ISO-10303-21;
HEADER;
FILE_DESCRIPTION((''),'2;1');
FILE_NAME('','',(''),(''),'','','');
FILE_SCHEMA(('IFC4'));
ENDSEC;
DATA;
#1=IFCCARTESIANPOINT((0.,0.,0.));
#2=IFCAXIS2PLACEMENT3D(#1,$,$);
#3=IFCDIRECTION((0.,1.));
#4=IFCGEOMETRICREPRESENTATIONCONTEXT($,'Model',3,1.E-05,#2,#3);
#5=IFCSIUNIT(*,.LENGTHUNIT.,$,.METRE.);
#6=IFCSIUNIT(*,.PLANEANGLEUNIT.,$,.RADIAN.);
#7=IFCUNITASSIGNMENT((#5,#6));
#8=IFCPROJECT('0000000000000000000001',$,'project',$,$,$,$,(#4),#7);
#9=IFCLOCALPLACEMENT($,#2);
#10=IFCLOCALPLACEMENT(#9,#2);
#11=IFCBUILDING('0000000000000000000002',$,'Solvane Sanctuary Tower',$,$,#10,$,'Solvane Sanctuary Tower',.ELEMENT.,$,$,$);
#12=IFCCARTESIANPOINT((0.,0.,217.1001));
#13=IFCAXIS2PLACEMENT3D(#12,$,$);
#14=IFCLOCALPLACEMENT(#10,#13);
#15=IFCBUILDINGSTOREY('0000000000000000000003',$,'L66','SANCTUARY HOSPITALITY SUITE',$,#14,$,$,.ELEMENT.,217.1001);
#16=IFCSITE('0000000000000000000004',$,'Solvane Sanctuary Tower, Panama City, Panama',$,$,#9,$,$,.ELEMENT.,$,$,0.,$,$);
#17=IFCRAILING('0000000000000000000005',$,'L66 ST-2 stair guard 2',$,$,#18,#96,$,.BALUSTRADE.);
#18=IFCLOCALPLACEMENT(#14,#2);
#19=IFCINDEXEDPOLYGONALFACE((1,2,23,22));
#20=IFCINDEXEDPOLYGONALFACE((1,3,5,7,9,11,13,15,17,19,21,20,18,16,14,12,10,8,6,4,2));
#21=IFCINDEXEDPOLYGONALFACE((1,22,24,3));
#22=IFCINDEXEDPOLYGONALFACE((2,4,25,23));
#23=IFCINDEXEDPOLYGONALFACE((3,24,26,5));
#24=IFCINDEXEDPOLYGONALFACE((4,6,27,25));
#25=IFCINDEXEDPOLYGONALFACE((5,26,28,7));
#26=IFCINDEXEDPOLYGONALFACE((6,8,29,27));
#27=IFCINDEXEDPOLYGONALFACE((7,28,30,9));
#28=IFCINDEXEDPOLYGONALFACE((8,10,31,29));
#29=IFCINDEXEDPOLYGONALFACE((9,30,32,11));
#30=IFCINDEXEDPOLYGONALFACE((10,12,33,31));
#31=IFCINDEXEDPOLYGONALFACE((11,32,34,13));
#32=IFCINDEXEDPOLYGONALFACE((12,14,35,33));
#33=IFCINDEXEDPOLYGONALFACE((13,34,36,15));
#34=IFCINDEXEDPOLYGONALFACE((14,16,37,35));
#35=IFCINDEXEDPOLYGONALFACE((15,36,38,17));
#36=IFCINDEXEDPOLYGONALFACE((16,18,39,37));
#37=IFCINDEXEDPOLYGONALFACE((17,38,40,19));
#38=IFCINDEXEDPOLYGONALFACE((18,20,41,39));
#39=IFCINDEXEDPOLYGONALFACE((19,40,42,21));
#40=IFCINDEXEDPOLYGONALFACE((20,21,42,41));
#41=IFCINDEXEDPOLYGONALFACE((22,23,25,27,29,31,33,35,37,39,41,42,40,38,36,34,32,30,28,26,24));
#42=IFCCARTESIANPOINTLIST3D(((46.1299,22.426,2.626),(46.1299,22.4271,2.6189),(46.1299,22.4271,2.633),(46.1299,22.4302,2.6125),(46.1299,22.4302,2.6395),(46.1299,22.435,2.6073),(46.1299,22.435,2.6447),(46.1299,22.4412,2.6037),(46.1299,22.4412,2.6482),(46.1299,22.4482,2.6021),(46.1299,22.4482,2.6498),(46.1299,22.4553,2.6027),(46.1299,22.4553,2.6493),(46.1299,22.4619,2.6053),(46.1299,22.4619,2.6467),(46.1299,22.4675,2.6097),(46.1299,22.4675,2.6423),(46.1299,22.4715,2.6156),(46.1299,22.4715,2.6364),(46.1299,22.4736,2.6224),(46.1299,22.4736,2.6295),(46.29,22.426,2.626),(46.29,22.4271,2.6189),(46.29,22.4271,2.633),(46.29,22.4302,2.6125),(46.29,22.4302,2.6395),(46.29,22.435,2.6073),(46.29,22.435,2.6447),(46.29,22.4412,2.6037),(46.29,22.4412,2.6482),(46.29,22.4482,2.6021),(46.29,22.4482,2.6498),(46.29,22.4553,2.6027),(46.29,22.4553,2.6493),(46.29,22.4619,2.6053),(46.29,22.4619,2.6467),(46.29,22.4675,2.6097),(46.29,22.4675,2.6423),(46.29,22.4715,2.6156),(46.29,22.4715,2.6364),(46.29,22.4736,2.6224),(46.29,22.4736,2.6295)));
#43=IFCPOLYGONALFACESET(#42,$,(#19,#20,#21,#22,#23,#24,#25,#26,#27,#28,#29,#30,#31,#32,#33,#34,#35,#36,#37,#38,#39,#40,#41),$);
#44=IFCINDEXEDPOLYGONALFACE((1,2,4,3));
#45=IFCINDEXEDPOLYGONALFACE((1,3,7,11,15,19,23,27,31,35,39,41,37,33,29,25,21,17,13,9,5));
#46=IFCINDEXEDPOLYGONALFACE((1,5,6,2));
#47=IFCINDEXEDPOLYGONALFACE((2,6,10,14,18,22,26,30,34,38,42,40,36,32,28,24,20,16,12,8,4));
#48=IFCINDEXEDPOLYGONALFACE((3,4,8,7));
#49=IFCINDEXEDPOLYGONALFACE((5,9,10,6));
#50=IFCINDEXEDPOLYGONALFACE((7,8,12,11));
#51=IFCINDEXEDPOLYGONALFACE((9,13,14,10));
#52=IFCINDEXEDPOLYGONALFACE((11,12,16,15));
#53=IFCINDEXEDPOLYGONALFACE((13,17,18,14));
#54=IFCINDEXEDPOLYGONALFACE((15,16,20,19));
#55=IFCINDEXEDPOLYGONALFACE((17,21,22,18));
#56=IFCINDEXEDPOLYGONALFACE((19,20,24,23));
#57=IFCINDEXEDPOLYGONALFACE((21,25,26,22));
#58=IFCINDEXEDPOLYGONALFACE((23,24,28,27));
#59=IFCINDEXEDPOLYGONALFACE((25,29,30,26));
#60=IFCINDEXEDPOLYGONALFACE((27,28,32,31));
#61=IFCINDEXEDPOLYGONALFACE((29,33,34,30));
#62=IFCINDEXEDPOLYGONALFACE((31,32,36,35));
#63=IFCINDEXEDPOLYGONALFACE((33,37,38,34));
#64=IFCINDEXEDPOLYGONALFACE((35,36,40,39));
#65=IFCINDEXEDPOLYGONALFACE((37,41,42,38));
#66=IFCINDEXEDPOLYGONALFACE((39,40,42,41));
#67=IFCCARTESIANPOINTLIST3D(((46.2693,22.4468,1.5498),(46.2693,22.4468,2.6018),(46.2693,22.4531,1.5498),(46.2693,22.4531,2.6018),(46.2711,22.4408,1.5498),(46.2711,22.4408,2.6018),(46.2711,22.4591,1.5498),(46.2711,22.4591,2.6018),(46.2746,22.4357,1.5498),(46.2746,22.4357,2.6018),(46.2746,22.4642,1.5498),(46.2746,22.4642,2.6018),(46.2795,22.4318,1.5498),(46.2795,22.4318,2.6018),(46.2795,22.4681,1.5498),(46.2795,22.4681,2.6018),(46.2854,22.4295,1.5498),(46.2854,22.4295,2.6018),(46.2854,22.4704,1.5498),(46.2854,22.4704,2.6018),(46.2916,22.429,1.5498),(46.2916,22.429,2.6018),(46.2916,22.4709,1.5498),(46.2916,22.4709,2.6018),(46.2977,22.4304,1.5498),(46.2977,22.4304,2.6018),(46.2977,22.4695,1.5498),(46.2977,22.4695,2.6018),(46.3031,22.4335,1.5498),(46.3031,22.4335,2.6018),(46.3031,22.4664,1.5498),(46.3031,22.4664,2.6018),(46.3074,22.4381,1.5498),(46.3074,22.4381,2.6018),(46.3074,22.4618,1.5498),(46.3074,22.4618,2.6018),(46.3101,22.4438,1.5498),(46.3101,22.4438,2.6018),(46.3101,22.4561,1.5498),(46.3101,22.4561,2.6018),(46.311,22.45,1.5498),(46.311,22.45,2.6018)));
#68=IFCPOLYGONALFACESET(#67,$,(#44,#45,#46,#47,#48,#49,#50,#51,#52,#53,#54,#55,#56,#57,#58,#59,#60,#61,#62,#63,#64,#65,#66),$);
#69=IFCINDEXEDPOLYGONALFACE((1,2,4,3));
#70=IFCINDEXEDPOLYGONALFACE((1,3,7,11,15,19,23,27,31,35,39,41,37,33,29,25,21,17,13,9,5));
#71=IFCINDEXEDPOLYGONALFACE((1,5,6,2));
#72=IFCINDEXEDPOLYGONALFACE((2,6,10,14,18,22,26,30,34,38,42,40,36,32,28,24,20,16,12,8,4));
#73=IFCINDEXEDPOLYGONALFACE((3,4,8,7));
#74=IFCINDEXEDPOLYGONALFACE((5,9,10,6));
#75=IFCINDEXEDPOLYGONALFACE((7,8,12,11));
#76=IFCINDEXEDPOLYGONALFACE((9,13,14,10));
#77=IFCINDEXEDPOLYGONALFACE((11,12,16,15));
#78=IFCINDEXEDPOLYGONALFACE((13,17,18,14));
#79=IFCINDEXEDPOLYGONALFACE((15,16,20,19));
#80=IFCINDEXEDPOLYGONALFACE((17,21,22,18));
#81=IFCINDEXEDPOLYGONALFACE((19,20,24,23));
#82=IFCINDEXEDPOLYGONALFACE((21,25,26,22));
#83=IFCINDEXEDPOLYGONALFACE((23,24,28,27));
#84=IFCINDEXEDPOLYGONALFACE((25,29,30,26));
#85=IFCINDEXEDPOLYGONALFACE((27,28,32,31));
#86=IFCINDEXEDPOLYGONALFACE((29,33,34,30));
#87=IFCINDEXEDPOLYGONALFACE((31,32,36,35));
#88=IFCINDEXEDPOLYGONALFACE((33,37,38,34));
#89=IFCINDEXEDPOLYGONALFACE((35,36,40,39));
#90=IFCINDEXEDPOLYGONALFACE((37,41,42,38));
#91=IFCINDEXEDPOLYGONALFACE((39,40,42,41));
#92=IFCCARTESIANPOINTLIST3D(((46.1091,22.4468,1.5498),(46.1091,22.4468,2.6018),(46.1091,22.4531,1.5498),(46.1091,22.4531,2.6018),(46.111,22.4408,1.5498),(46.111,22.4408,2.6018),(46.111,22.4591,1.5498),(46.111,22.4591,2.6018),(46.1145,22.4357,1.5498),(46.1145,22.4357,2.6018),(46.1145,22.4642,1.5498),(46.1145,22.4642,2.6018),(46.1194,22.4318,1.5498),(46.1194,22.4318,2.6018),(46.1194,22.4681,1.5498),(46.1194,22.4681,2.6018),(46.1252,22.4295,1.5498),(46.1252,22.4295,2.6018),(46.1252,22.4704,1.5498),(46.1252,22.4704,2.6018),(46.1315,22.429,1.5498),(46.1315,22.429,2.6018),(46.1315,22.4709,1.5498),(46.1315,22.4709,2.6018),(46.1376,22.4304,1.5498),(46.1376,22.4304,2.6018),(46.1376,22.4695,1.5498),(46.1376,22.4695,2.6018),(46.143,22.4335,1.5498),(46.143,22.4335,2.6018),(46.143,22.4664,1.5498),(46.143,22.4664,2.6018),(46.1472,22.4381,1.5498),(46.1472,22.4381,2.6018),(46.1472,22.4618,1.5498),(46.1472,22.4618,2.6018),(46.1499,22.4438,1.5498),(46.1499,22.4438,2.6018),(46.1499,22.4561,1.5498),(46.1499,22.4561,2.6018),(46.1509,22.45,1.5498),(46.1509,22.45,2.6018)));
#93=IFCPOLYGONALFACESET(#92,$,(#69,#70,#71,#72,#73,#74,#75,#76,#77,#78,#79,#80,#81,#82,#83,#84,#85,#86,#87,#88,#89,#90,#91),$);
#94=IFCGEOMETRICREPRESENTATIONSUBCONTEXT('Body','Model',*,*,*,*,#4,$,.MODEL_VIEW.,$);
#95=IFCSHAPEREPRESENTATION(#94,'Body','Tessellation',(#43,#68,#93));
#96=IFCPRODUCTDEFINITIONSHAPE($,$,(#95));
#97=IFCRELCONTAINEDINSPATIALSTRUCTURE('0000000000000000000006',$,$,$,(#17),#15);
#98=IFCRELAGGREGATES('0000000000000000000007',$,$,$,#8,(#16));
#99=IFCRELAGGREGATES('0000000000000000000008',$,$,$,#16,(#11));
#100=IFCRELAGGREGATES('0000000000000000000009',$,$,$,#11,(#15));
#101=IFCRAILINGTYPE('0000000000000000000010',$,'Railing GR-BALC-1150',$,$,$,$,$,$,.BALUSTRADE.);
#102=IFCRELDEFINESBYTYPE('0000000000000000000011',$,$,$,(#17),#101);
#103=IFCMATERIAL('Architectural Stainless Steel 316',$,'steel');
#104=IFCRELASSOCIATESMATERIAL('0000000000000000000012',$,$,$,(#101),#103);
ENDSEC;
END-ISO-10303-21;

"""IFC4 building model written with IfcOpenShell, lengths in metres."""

from ifc_helpers import new_model, si_unit, direction, frame, origin, origin_2d, place, context, subcontext, project, spatial, circle, extrude, material, type_object, element, save


model = new_model("IFC4")

# Units and contexts
model_context = context("Model", 3, precision=1e-05, world=origin(), true_north=direction((0.0, 1.0)))
body_context = subcontext(model_context, "Body", "Model", "MODEL_VIEW")
ifc_project = project(units=[si_unit("LENGTHUNIT", "METRE"), si_unit("PLANEANGLEUNIT", "RADIAN")], contexts=[model_context])

# Site, building, storey
site_placement = place(None, origin())
site = spatial("IfcSite", under=ifc_project, at=site_placement, Name="Solvane Sanctuary Tower, Panama City, Panama", CompositionType="ELEMENT", RefElevation=0.0)
building_placement = place(site_placement, origin())
building = spatial("IfcBuilding", under=site, at=building_placement, Name="Solvane Sanctuary Tower", LongName="Solvane Sanctuary Tower", CompositionType="ELEMENT")
storey_placement = place(building_placement, frame((0.0, 0.0, 217.1001)))
storey = spatial("IfcBuildingStorey", under=building, at=storey_placement, Name="L66", Description="SANCTUARY HOSPITALITY SUITE", CompositionType="ELEMENT", Elevation=217.1001)

# Shared definitions
ifc_material_1 = material(Name="Architectural Stainless Steel 316", Category="steel")

# Railing
railing_type_1 = type_object("IfcRailingType", Name="Railing GR-BALC-1150", PredefinedType="BALUSTRADE", material=ifc_material_1)
railing_1_placement = place(storey_placement, frame((46.29, 22.45, 1.5498)))
element("IfcRailing", 1, at=railing_1_placement, inside=storey, type_object=railing_type_1, Name="L66 ST-2 stair guard 2", PredefinedType="BALUSTRADE", context=body_context, shape_type="SweptSolid", body=[
    extrude(circle(Radius=0.0239, at=origin_2d()), frame((0.0, 0.0, 1.0762), z_axis=(-1.0, 0.0, 0.0), x_axis=(0.0, -1.0, 0.0)), (0.0, 0.0, 1.0), 0.1602),
    extrude(circle(Radius=0.021, at=origin_2d()), origin(), (0.0, 0.0, 1.0), 1.052),
    extrude(circle(Radius=0.021, at=origin_2d()), frame((-0.1602, 0.0, 0.0)), (0.0, 0.0, 1.0), 1.052),
])

save(model, "model.ifc")
